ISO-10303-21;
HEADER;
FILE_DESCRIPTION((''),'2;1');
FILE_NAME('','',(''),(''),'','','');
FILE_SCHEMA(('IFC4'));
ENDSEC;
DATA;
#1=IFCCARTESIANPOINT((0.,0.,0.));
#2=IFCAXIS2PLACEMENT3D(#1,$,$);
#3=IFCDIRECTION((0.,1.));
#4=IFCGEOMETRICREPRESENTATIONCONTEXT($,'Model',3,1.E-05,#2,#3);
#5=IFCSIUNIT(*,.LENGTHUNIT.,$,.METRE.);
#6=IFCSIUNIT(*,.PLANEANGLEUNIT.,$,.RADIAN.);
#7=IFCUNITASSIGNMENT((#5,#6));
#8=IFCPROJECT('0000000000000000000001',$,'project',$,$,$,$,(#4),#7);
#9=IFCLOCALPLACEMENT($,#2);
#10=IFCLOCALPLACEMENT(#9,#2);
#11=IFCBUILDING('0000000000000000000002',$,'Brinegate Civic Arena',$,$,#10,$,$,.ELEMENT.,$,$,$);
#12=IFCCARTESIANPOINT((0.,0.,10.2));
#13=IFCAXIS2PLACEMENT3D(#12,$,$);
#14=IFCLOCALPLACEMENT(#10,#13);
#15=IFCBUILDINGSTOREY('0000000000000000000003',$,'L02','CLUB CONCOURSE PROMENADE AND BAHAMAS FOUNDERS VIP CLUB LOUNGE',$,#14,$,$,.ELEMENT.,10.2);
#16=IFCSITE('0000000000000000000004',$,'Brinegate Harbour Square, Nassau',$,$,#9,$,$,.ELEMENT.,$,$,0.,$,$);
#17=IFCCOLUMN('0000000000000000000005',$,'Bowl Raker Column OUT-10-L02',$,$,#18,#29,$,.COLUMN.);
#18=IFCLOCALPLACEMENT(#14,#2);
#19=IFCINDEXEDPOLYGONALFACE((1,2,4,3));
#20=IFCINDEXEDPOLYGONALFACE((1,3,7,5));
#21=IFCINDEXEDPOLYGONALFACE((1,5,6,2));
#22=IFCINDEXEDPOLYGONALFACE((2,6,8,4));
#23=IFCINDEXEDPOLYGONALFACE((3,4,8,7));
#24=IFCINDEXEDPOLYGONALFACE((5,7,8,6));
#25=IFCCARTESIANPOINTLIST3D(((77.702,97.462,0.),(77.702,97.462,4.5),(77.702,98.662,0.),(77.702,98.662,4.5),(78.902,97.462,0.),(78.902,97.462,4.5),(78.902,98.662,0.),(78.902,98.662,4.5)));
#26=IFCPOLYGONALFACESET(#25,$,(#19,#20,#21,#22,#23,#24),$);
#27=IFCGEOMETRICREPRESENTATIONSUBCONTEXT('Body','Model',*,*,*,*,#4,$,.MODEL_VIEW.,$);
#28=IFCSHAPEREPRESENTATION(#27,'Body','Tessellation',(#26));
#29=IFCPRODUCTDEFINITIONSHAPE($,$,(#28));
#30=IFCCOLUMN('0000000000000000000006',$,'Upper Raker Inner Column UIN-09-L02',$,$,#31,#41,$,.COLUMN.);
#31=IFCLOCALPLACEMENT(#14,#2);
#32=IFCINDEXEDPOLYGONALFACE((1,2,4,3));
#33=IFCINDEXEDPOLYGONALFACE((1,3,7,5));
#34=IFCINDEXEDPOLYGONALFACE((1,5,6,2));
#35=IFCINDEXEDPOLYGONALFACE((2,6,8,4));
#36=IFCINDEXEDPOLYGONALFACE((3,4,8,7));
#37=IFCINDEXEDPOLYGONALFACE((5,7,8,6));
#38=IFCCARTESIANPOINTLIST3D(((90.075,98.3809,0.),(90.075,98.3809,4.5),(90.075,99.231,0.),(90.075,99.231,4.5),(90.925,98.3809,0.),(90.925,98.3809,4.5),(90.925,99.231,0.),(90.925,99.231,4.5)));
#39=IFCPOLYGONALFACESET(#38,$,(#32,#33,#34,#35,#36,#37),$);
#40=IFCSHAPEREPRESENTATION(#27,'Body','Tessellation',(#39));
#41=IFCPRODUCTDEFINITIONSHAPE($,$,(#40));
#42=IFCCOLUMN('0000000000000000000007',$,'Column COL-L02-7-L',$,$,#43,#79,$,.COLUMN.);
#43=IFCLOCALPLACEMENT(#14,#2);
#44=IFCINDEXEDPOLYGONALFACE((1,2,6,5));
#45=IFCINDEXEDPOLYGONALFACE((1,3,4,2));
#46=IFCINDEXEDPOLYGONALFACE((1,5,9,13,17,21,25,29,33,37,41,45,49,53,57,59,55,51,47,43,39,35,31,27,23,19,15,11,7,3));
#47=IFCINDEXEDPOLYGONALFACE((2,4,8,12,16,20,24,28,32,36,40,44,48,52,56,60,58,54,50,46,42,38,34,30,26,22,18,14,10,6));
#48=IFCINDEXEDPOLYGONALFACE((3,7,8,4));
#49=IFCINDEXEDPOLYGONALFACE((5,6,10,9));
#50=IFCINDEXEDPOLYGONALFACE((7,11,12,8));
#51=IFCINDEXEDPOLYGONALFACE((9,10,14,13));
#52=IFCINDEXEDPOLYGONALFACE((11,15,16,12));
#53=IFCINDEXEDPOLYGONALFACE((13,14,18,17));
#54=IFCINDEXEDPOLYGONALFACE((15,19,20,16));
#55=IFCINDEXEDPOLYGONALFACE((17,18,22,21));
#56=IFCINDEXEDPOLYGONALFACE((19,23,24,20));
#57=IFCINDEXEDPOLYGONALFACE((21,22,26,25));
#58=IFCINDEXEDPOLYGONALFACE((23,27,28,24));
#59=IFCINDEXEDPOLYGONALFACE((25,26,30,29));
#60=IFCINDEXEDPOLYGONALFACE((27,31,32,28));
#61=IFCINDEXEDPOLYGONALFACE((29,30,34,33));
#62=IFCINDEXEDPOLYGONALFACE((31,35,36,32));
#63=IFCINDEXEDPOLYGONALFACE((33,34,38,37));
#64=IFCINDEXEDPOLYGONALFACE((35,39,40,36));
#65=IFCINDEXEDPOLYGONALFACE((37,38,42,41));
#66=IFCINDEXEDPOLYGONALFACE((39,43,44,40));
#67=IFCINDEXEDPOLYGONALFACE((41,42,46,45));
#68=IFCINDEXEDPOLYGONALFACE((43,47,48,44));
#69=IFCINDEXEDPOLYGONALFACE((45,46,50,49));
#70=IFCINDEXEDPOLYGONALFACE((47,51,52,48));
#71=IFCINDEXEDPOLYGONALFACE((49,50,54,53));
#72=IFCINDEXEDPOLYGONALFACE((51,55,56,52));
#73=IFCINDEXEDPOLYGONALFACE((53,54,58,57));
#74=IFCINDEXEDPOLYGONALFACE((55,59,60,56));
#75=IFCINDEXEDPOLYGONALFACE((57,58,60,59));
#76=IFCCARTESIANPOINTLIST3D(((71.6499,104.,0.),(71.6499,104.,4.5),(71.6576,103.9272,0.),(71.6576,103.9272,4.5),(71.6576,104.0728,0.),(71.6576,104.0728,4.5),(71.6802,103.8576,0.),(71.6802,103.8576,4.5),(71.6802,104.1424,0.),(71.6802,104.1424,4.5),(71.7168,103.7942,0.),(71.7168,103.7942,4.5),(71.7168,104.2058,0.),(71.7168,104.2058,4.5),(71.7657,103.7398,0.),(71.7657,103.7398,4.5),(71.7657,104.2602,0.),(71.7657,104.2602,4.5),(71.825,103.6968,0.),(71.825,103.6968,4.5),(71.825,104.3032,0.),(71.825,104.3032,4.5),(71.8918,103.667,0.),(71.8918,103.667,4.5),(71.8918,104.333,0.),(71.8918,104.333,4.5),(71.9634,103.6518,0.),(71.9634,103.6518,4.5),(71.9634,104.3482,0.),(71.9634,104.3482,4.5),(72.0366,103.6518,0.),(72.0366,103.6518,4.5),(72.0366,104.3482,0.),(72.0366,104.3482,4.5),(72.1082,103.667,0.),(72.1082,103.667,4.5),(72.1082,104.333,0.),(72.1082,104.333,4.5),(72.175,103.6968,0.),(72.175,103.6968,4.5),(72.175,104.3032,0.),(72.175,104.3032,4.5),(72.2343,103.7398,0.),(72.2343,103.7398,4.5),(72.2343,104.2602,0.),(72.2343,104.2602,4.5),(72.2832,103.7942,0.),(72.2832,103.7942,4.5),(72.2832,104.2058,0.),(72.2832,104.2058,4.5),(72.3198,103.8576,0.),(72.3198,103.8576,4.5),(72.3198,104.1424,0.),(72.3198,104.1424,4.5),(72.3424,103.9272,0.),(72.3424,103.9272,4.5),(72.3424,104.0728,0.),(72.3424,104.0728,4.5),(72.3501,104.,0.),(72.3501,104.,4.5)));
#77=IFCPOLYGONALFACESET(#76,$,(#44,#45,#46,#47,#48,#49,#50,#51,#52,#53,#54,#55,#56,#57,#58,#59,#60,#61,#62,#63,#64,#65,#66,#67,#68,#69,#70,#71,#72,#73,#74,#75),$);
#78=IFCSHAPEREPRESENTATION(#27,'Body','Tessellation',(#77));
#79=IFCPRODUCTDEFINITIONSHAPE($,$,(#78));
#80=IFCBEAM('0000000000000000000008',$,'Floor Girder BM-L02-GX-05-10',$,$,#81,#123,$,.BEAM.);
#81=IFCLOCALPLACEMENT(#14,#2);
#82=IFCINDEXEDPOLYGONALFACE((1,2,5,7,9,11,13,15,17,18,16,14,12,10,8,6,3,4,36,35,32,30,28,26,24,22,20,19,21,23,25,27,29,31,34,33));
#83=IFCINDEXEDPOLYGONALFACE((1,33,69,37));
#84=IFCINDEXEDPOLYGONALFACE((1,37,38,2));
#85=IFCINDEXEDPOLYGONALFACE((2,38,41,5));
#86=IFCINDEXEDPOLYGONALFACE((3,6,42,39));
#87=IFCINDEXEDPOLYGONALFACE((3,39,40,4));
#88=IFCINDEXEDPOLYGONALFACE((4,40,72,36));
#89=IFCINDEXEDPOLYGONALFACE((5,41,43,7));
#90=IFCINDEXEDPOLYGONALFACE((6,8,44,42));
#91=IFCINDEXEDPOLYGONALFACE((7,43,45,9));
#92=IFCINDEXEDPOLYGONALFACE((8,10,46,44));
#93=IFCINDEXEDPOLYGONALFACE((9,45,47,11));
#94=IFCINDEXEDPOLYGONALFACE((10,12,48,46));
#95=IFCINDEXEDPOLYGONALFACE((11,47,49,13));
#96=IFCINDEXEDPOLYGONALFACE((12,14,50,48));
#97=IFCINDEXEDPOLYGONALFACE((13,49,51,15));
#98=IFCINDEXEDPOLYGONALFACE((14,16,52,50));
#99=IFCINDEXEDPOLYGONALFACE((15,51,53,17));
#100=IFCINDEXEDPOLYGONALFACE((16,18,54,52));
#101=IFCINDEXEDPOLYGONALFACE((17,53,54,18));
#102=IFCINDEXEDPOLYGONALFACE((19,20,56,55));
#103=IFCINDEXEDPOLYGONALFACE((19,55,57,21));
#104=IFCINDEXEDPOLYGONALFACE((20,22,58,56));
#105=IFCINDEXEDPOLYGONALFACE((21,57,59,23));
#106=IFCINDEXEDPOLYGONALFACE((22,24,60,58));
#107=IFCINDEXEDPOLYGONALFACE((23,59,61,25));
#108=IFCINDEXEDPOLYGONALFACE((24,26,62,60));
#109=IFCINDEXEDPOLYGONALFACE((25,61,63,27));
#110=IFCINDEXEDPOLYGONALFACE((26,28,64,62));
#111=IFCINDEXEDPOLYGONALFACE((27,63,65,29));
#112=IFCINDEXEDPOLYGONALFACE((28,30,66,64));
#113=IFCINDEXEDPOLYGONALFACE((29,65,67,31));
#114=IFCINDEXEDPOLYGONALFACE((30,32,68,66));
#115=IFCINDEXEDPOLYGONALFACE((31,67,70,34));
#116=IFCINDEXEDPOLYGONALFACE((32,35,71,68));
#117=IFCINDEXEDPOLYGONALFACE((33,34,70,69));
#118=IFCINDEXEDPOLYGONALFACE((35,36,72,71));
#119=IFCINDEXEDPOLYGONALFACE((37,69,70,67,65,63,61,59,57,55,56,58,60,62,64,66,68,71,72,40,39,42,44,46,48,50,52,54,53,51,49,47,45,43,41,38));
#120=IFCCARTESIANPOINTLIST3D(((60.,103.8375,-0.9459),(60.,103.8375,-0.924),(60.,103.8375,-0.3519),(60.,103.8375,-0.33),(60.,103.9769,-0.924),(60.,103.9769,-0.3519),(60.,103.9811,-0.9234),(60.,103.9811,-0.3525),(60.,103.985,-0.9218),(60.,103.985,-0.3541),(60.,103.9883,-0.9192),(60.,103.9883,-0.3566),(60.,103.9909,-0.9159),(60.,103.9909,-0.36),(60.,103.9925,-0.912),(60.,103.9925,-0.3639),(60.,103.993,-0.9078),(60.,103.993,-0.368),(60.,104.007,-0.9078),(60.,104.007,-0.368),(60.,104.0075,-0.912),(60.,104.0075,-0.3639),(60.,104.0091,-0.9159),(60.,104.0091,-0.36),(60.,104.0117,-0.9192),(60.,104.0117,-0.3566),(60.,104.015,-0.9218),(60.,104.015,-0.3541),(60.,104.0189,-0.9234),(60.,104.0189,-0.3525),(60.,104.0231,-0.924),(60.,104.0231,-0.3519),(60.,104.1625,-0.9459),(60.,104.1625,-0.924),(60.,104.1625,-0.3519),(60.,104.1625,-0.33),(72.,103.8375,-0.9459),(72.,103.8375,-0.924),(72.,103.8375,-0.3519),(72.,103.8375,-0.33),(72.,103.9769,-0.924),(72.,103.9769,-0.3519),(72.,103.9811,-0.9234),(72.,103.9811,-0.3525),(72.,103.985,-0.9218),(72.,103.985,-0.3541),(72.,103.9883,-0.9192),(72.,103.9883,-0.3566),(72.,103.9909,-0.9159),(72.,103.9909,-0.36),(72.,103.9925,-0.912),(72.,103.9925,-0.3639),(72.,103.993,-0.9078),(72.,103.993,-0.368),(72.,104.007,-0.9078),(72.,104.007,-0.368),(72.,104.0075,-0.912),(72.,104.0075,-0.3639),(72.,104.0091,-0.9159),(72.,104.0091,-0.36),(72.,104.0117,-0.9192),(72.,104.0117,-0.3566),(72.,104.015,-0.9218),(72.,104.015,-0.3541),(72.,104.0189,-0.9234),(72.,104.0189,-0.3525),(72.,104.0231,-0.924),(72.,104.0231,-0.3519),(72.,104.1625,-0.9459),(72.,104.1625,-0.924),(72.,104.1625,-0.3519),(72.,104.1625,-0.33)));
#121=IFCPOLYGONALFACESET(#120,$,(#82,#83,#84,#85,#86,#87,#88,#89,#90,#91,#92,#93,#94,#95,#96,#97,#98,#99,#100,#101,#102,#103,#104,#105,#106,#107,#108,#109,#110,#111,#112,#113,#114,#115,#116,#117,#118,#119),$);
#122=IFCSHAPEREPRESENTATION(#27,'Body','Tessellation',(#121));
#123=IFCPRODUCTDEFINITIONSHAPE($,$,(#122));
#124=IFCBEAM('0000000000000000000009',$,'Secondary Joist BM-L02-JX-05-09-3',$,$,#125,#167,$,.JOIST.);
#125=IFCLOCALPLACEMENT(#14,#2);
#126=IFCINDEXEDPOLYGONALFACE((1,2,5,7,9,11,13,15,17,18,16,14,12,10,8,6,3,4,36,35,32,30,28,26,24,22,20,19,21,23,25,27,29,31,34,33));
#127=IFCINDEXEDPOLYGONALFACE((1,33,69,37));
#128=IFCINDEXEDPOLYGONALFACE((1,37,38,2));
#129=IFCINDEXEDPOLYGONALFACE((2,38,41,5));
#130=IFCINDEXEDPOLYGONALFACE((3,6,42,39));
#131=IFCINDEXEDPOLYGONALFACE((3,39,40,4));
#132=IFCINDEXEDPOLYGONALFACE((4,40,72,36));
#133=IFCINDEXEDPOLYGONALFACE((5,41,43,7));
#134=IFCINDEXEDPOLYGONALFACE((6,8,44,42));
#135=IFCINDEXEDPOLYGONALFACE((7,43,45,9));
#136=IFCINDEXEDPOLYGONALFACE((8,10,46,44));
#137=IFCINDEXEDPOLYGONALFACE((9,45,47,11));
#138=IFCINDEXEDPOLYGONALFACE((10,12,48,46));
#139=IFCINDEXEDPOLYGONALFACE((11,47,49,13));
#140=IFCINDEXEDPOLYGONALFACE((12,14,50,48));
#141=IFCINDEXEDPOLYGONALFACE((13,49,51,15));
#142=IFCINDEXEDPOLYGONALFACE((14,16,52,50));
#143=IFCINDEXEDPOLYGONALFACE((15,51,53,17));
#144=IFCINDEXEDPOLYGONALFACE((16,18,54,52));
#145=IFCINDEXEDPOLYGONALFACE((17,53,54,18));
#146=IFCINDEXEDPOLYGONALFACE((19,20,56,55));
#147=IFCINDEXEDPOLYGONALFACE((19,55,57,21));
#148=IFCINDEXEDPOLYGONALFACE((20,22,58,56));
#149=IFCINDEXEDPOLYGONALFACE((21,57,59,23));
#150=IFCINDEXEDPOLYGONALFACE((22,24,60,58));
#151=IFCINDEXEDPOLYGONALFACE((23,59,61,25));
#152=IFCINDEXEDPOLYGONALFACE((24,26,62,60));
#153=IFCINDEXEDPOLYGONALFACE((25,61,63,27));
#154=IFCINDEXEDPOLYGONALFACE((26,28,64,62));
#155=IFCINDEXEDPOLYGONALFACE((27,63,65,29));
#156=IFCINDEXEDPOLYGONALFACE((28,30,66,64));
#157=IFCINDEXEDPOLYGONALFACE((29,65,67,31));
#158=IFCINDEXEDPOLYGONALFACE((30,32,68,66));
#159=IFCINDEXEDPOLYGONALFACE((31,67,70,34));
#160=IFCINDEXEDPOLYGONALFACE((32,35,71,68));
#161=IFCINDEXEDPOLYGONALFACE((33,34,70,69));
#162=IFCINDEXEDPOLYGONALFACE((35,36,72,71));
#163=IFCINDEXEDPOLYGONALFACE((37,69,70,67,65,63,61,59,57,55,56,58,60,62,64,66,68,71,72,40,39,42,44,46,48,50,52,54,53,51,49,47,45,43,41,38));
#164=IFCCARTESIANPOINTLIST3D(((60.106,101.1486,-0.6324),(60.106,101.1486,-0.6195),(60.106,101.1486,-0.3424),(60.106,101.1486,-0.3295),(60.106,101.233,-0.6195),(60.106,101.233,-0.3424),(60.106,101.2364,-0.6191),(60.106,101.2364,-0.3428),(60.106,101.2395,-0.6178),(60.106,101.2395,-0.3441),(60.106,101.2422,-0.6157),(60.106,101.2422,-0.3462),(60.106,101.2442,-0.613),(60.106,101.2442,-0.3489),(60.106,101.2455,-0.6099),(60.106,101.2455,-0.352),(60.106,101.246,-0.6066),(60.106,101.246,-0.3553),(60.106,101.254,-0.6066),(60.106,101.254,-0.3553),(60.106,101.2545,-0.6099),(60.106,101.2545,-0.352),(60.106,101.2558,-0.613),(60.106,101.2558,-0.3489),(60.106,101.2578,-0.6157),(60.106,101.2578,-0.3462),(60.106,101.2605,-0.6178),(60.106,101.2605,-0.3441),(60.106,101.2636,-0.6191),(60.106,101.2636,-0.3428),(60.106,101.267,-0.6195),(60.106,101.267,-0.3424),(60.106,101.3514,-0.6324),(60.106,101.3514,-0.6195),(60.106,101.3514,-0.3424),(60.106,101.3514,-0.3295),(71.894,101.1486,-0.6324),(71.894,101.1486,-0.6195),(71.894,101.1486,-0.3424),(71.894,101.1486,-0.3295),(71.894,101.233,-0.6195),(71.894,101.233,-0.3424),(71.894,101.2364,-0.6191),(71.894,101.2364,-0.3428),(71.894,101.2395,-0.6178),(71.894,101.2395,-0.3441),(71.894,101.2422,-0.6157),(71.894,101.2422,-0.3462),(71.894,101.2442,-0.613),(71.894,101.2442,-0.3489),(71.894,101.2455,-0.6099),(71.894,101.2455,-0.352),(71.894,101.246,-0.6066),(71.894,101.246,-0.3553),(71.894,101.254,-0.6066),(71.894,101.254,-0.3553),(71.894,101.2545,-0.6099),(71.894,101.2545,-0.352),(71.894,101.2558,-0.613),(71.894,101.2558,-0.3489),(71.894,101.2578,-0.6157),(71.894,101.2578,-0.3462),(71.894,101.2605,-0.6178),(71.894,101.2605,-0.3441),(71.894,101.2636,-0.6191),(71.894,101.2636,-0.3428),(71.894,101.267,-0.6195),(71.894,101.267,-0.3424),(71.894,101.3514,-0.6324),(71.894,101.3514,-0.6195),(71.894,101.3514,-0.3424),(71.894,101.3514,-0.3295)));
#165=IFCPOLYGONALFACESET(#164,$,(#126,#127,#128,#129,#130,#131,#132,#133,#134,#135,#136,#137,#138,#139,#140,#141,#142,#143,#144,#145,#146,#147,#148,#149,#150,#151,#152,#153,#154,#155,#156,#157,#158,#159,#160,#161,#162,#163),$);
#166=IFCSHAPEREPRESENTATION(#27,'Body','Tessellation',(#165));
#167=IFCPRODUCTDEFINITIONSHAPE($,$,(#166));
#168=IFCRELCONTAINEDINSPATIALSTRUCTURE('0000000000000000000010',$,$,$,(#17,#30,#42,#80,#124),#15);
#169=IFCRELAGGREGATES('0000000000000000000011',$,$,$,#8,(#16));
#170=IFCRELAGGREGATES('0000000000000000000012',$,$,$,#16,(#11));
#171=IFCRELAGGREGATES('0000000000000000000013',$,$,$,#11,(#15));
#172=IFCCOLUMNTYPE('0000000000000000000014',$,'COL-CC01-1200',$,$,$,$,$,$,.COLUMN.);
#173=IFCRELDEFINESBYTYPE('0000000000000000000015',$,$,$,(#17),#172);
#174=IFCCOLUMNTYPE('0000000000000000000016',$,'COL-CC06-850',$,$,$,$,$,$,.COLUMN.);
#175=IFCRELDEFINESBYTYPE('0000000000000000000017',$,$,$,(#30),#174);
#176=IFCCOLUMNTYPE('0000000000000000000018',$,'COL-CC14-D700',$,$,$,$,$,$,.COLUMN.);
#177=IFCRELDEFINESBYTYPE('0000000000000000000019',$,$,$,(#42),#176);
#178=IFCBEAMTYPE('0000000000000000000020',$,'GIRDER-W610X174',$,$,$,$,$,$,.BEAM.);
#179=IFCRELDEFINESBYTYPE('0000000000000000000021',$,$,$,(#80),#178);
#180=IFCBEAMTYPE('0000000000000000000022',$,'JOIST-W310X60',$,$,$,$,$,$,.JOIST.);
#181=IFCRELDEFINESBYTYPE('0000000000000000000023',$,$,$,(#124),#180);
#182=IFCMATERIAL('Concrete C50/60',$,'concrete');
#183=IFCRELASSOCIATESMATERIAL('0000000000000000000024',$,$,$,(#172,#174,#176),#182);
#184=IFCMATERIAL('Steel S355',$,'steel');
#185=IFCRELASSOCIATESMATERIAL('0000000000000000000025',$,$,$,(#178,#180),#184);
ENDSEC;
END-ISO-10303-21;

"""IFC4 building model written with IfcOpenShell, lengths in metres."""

from ifc_helpers import new_model, si_unit, direction, frame, origin, origin_2d, place, context, subcontext, project, spatial, rectangle, circle, i_section, extrude, material, material_profile, profile_set, type_object, element, save


model = new_model("IFC4")

# Units and contexts
model_context = context("Model", 3, precision=1e-05, world=origin(), true_north=direction((0.0, 1.0)))
body_context = subcontext(model_context, "Body", "Model", "MODEL_VIEW")
ifc_project = project(units=[si_unit("LENGTHUNIT", "METRE"), si_unit("PLANEANGLEUNIT", "RADIAN")], contexts=[model_context])

# Site, building, storey
site_placement = place(None, origin())
site = spatial("IfcSite", under=ifc_project, at=site_placement, Name="Brinegate Harbour Square, Nassau", CompositionType="ELEMENT", RefElevation=0.0)
building_placement = place(site_placement, origin())
building = spatial("IfcBuilding", under=site, at=building_placement, Name="Brinegate Civic Arena", CompositionType="ELEMENT")
storey_placement = place(building_placement, frame((0.0, 0.0, 10.2)))
storey = spatial("IfcBuildingStorey", under=building, at=storey_placement, Name="L02", Description="CLUB CONCOURSE PROMENADE AND BAHAMAS FOUNDERS VIP CLUB LOUNGE", CompositionType="ELEMENT", Elevation=10.2)

# Columns
ifc_material_1 = material(Name="Concrete C50/60", Category="concrete")
ifc_material_profile_1 = material_profile(ifc_material_1, rectangle(XDim=1.2, YDim=1.2, at=origin_2d()), Name="RC1200X1200")
ifc_profile_set_1 = profile_set([ifc_material_profile_1], Name="Concrete C50/60")
column_type_1 = type_object("IfcColumnType", Name="COL-CC01-1200", PredefinedType="COLUMN", material=ifc_profile_set_1)
column_1_placement = place(storey_placement, frame((78.302, 98.062, 0.0), z_axis=(0.0, 0.0, 1.0), x_axis=(1.0, 0.0, 0.0)))
element("IfcColumn", 1, at=column_1_placement, inside=storey, type_object=column_type_1, Name="Bowl Raker Column OUT-10-L02", PredefinedType="COLUMN", context=body_context, shape_type="SweptSolid", body=[
    extrude(rectangle(XDim=1.2, YDim=1.2, at=origin_2d()), origin(), (0.0, 0.0, 1.0), 4.5),
])
ifc_material_profile_2 = material_profile(ifc_material_1, rectangle(XDim=0.8501, YDim=0.8501, at=origin_2d()), Name="RC850X850")
ifc_profile_set_2 = profile_set([ifc_material_profile_2], Name="Concrete C50/60")
column_type_2 = type_object("IfcColumnType", Name="COL-CC06-850", PredefinedType="COLUMN", material=ifc_profile_set_2)
column_2_placement = place(storey_placement, frame((90.5, 98.8059, 0.0), z_axis=(0.0, 0.0, 1.0), x_axis=(1.0, 0.0, 0.0)))
element("IfcColumn", 2, at=column_2_placement, inside=storey, type_object=column_type_2, Name="Upper Raker Inner Column UIN-09-L02", PredefinedType="COLUMN", context=body_context, shape_type="SweptSolid", body=[
    extrude(rectangle(XDim=0.8501, YDim=0.8501, at=origin_2d()), origin(), (0.0, 0.0, 1.0), 4.5),
])
ifc_material_profile_3 = material_profile(ifc_material_1, circle(Radius=0.3501, at=origin_2d()), Name="RCD700")
ifc_profile_set_3 = profile_set([ifc_material_profile_3], Name="Concrete C50/60")
column_type_3 = type_object("IfcColumnType", Name="COL-CC14-D700", PredefinedType="COLUMN", material=ifc_profile_set_3)
column_3_placement = place(storey_placement, frame((72.0, 104.0, 0.0), z_axis=(0.0, 0.0, 1.0), x_axis=(1.0, 0.0, 0.0)))
element("IfcColumn", 3, at=column_3_placement, inside=storey, type_object=column_type_3, Name="Column COL-L02-7-L", PredefinedType="COLUMN", context=body_context, shape_type="SweptSolid", body=[
    extrude(circle(Radius=0.3501, at=origin_2d()), origin(), (0.0, 0.0, 1.0), 4.5),
])

# Beams
ifc_material_2 = material(Name="Steel S355", Category="steel")
ifc_material_profile_4 = material_profile(ifc_material_2, i_section(OverallWidth=0.325, OverallDepth=0.616, WebThickness=0.0139, FlangeThickness=0.022, FilletRadius=0.0161, at=origin_2d()), Name="W610X174")
ifc_profile_set_4 = profile_set([ifc_material_profile_4], Name="Steel S355")
beam_type_1 = type_object("IfcBeamType", Name="GIRDER-W610X174", PredefinedType="BEAM", material=ifc_profile_set_4)
beam_1_placement = place(storey_placement, frame((60.0, 104.0, -0.6379), z_axis=(1.0, 0.0, 0.0), x_axis=(0.0, 1.0, 0.0)))
element("IfcBeam", 4, at=beam_1_placement, inside=storey, type_object=beam_type_1, Name="Floor Girder BM-L02-GX-05-10", PredefinedType="BEAM", context=body_context, shape_type="SweptSolid", body=[
    extrude(i_section(OverallWidth=0.325, OverallDepth=0.616, WebThickness=0.0139, FlangeThickness=0.022, FilletRadius=0.0161, at=origin_2d()), origin(), (0.0, 0.0, 1.0), 12.0),
])
ifc_material_profile_5 = material_profile(ifc_material_2, i_section(OverallWidth=0.2029, OverallDepth=0.303, WebThickness=0.0081, FlangeThickness=0.0129, FilletRadius=0.0129, at=origin_2d()), Name="W310X60")
ifc_profile_set_5 = profile_set([ifc_material_profile_5], Name="Steel S355")
beam_type_2 = type_object("IfcBeamType", Name="JOIST-W310X60", PredefinedType="JOIST", material=ifc_profile_set_5)
beam_2_placement = place(storey_placement, frame((60.106, 101.25, -0.481), z_axis=(1.0, 0.0, 0.0), x_axis=(0.0, 1.0, 0.0)))
element("IfcBeam", 5, at=beam_2_placement, inside=storey, type_object=beam_type_2, Name="Secondary Joist BM-L02-JX-05-09-3", PredefinedType="JOIST", context=body_context, shape_type="SweptSolid", body=[
    extrude(i_section(OverallWidth=0.2029, OverallDepth=0.303, WebThickness=0.0081, FlangeThickness=0.0129, FilletRadius=0.0129, at=origin_2d()), origin(), (0.0, 0.0, 1.0), 11.7881),
])

save(model, "model.ifc")
